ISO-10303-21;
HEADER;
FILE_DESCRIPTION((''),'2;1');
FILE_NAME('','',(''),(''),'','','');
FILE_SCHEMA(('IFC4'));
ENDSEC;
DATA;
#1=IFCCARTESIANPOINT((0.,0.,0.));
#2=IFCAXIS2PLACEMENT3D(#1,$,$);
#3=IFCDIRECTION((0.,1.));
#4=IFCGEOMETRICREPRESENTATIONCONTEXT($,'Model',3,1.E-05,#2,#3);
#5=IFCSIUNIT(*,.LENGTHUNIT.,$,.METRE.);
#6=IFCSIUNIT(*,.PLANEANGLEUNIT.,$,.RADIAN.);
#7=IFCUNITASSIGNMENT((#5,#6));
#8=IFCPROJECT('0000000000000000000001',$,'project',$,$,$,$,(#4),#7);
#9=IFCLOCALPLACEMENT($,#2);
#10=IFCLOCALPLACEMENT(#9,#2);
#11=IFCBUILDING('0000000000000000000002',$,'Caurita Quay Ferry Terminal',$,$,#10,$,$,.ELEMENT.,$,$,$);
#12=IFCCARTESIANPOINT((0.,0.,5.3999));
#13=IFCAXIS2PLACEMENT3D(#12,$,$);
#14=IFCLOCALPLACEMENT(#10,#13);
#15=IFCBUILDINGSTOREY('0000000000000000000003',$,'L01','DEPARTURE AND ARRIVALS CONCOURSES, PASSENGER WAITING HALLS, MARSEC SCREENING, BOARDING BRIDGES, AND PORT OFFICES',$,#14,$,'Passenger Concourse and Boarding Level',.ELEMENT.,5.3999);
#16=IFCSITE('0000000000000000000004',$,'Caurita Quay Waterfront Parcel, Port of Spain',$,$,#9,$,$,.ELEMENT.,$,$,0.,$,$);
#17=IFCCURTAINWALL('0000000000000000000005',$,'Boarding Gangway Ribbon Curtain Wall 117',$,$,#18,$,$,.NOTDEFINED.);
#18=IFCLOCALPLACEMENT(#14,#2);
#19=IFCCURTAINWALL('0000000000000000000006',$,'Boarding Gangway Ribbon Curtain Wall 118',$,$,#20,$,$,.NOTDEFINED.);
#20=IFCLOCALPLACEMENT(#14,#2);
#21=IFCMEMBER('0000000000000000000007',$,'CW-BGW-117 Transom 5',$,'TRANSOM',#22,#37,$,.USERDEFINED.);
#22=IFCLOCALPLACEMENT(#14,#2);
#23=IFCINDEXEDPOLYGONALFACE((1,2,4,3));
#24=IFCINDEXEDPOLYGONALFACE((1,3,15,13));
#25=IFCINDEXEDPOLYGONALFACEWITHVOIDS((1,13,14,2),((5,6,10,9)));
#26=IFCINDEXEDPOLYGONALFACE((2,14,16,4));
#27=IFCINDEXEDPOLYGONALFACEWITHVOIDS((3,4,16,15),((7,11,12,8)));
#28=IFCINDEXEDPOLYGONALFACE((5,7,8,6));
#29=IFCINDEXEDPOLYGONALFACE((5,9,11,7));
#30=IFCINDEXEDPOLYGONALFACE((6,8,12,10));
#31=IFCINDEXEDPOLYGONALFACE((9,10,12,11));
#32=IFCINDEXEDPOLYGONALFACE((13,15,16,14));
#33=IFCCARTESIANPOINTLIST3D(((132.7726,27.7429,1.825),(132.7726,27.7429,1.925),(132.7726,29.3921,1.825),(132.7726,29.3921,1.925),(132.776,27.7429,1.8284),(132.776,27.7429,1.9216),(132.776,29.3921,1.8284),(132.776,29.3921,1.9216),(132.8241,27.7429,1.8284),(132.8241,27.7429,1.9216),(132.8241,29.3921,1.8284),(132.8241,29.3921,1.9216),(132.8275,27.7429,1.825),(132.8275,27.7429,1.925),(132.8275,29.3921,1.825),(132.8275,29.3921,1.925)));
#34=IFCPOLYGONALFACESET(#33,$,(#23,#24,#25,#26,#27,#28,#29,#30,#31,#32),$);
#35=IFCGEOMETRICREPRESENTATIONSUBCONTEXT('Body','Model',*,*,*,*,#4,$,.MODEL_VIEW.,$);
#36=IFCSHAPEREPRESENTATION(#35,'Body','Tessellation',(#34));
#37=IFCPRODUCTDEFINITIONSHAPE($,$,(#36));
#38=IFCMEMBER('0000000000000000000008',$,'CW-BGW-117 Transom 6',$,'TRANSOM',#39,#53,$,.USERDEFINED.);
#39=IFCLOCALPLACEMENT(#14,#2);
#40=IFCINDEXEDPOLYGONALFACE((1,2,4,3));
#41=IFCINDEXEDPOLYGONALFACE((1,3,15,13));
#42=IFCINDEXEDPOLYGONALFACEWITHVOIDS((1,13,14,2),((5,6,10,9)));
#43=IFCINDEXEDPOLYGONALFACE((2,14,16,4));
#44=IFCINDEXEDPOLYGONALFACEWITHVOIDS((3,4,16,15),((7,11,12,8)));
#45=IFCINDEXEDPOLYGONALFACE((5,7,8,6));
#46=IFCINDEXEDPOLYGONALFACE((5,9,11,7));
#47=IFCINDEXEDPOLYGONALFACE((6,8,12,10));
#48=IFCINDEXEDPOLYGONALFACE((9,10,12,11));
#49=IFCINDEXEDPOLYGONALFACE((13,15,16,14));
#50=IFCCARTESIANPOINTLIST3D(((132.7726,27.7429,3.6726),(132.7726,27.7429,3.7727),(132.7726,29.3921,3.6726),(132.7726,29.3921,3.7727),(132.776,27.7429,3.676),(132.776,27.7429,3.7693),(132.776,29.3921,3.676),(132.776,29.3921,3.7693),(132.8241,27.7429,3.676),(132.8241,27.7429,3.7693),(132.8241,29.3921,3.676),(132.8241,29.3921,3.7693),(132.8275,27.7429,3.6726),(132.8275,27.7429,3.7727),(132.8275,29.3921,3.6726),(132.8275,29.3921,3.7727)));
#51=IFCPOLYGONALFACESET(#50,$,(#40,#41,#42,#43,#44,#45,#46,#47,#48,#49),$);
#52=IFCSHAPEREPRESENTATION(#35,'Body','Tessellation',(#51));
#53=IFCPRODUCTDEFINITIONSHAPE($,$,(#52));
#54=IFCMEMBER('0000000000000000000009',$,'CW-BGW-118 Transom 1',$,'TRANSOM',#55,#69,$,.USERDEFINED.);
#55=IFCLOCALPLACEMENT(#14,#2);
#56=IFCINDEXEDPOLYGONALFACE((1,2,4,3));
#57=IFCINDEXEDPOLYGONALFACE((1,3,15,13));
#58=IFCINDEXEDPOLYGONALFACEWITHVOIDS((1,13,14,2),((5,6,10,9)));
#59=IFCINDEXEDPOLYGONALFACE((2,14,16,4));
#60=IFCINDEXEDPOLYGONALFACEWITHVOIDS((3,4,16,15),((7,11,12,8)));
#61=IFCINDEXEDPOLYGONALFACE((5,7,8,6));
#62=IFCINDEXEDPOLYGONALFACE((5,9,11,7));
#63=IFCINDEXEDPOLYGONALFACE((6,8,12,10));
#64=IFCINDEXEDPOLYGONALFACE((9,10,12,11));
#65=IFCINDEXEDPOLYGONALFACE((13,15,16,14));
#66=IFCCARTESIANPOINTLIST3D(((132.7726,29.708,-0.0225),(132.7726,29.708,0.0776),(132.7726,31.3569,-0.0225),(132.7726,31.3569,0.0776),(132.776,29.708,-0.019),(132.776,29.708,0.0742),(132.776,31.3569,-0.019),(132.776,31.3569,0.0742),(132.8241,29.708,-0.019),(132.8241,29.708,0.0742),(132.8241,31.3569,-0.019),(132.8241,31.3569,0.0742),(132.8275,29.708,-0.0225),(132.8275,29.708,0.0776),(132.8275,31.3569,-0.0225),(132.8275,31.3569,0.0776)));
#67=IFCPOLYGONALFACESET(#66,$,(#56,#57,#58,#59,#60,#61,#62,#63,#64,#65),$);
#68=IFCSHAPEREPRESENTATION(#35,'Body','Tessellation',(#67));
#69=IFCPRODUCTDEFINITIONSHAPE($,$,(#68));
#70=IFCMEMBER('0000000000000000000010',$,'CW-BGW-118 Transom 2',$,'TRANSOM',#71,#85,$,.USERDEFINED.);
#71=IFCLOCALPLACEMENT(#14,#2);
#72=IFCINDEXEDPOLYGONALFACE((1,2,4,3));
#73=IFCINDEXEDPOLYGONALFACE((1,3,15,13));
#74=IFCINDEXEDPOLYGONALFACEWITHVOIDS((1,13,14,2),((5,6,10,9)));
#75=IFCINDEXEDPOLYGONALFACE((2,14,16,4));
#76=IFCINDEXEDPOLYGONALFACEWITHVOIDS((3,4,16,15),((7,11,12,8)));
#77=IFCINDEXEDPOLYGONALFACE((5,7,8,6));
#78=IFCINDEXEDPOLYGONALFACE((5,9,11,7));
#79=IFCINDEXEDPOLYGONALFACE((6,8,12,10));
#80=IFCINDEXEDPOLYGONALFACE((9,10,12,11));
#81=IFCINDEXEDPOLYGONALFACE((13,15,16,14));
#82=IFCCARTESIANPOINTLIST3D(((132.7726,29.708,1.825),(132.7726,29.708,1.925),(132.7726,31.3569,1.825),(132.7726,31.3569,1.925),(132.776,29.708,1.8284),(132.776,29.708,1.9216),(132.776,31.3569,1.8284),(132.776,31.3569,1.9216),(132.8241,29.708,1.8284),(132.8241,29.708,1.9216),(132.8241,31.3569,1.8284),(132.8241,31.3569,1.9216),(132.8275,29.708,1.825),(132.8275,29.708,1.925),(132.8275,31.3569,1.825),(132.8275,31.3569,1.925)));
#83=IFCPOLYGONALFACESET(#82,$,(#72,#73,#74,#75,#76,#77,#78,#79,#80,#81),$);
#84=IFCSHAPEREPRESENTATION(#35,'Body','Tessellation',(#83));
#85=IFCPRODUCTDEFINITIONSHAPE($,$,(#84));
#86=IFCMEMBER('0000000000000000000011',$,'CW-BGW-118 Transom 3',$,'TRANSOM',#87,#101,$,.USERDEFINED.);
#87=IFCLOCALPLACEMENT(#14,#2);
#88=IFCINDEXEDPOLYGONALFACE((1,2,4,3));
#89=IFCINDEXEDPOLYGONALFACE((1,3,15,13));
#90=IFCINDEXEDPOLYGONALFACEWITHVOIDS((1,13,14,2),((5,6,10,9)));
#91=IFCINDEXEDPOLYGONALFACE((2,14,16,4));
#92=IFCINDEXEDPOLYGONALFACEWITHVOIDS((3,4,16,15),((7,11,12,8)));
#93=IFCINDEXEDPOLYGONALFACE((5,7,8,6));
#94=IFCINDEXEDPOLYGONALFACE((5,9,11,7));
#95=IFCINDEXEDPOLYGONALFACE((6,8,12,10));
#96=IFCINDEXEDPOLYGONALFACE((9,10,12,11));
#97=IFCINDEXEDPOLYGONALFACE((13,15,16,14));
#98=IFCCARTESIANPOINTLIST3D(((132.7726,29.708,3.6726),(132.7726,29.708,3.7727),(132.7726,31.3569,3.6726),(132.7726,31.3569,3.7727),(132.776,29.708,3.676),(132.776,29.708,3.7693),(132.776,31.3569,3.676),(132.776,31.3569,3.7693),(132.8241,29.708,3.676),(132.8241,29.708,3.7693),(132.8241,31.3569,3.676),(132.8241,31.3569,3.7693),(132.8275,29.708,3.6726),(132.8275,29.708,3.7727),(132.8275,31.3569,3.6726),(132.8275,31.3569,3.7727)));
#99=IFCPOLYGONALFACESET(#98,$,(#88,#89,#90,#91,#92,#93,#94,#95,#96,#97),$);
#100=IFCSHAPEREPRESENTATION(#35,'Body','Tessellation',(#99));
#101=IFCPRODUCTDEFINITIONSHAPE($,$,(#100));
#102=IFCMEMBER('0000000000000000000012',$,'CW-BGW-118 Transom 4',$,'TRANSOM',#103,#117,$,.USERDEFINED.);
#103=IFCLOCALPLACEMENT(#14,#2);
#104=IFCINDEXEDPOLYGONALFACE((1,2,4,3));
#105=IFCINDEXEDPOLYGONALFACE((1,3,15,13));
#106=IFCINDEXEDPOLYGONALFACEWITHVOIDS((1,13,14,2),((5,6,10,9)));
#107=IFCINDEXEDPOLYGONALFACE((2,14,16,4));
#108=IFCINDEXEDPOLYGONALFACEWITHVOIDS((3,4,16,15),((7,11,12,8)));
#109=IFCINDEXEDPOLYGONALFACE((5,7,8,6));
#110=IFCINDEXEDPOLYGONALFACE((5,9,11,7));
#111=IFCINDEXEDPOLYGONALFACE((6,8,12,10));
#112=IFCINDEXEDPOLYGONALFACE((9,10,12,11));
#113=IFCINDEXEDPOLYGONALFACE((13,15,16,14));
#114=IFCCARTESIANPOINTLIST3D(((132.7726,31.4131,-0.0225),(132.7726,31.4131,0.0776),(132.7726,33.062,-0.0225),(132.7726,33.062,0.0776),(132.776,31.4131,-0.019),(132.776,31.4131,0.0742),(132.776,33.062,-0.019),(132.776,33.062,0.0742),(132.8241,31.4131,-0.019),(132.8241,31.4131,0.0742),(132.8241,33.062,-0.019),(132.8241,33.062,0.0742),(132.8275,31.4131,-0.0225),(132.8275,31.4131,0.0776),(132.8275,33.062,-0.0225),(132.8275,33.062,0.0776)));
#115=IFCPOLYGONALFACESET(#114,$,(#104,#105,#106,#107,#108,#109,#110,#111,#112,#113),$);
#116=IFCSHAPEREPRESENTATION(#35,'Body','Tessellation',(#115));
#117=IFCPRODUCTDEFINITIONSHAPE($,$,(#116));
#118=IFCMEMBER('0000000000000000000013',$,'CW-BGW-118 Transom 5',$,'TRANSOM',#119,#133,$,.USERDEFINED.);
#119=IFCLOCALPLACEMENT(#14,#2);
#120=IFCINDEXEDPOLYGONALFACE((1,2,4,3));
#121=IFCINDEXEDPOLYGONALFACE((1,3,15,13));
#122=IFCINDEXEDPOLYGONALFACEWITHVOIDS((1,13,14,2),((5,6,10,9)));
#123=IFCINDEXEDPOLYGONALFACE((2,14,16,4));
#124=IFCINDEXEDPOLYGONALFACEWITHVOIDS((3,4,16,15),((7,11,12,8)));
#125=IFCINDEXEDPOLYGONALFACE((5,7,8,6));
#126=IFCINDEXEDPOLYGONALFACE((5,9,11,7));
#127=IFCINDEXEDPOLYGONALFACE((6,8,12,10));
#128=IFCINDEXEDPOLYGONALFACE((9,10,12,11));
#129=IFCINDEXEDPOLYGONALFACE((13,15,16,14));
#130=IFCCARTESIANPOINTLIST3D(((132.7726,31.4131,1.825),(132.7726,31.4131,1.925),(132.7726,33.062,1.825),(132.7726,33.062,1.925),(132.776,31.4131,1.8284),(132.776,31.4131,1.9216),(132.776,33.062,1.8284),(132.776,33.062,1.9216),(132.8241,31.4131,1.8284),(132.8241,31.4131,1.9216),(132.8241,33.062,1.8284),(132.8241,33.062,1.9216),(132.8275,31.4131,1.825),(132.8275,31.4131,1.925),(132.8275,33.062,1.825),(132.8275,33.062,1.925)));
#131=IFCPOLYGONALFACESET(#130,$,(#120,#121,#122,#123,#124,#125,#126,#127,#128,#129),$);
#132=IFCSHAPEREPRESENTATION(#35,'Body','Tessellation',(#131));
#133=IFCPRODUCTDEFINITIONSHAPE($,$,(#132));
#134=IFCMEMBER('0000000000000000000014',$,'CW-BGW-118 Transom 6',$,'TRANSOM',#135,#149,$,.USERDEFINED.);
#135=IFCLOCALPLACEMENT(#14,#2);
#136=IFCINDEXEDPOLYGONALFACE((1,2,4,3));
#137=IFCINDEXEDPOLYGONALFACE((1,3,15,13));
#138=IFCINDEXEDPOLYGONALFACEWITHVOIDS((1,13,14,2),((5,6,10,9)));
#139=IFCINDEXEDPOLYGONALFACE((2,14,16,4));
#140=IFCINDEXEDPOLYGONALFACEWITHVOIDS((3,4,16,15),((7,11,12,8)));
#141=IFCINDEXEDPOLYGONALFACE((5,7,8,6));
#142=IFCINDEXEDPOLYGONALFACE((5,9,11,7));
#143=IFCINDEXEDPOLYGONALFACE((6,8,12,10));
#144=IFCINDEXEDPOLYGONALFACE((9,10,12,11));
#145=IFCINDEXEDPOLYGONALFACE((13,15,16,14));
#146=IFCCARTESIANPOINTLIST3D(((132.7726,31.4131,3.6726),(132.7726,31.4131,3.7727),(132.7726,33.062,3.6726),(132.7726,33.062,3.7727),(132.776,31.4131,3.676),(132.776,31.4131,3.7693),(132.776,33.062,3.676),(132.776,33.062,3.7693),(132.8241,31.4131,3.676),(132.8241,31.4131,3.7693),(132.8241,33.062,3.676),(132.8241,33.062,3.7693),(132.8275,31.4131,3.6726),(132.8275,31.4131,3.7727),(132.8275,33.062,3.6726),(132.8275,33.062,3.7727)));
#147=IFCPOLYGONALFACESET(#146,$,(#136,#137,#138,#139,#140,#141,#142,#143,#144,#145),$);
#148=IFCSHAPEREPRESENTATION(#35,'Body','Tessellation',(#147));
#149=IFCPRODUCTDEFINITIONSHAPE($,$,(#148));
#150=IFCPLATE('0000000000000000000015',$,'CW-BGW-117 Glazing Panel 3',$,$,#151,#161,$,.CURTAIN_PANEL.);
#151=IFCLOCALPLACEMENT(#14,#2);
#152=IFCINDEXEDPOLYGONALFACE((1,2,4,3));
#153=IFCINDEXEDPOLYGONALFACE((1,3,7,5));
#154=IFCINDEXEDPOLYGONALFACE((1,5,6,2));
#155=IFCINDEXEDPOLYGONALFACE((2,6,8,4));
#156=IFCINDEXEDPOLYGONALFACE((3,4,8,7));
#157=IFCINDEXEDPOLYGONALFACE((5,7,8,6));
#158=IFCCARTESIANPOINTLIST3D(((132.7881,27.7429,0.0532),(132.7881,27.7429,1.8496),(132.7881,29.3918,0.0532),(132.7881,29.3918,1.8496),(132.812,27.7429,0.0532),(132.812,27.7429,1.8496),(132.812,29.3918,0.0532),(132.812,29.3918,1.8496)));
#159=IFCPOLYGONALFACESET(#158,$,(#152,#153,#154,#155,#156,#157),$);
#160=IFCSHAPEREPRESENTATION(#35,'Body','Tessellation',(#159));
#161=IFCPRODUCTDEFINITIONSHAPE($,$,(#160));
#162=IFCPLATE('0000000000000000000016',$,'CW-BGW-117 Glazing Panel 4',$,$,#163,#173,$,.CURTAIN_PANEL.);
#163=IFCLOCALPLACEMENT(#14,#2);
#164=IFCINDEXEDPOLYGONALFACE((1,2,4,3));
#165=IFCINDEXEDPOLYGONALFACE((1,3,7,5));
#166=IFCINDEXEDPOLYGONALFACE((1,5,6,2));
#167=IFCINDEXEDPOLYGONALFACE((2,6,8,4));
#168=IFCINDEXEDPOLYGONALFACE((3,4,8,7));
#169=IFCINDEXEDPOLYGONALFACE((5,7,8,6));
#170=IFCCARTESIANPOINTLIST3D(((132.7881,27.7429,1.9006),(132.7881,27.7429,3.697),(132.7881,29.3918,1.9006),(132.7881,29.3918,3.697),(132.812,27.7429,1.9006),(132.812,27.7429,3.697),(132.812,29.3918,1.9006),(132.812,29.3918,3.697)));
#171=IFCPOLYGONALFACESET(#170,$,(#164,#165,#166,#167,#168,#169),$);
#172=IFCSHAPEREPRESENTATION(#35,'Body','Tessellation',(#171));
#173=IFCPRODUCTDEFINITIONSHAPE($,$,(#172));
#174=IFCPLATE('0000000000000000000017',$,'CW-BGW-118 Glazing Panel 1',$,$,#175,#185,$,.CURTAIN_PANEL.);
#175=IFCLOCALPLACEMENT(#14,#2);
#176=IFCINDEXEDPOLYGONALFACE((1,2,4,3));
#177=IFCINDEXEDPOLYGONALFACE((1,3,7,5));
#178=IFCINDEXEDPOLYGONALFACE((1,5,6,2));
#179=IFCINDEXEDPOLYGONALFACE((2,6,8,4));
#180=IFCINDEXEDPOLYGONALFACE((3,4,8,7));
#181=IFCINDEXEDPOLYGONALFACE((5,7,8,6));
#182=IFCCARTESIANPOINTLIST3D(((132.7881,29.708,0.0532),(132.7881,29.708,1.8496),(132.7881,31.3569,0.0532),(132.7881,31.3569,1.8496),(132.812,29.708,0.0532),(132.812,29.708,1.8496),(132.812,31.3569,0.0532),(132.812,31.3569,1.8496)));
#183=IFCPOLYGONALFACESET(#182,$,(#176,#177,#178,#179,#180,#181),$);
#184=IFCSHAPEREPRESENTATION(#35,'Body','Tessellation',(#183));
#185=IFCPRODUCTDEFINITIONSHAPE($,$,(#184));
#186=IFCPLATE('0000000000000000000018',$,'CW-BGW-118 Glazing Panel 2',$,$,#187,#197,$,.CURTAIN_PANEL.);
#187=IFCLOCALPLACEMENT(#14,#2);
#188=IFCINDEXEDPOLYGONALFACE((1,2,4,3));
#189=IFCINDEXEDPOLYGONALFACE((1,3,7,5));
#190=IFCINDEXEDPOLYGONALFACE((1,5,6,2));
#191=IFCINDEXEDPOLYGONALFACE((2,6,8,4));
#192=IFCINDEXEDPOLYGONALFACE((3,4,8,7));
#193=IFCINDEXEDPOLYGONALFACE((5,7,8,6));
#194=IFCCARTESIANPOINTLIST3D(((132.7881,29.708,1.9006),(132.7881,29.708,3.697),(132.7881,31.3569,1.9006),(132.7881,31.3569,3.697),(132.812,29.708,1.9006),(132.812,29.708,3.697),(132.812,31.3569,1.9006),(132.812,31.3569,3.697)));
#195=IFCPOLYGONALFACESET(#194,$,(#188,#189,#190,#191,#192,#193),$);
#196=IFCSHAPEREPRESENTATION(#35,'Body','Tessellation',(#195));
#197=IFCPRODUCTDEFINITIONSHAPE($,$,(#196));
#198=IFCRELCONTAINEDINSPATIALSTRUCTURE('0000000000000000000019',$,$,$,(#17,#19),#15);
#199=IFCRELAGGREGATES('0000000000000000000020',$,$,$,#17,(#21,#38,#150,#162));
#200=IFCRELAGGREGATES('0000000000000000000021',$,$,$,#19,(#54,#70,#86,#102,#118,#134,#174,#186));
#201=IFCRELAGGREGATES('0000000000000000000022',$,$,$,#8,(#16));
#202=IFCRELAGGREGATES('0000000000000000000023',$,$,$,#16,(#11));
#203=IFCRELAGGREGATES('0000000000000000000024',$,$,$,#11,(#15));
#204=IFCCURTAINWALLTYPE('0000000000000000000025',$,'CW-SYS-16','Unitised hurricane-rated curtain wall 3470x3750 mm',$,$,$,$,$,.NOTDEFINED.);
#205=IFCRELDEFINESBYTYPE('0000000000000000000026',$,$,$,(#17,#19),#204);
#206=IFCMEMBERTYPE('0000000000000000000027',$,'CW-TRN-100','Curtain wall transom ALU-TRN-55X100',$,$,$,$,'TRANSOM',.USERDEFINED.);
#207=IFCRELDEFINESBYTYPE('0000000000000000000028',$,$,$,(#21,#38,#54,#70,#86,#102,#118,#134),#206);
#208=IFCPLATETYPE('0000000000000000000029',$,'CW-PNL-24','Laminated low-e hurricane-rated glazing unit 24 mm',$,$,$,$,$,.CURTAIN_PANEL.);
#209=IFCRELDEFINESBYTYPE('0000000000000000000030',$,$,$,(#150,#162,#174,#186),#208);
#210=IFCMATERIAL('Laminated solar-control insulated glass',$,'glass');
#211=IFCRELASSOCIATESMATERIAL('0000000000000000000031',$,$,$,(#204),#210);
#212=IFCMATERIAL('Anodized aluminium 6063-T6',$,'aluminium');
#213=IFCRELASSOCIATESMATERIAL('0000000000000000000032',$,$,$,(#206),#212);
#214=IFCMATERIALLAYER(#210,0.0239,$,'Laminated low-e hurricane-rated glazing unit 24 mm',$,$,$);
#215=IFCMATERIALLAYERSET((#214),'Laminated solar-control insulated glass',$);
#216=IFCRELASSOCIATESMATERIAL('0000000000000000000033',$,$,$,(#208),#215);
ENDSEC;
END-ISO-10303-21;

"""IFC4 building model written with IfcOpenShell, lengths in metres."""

from ifc_helpers import new_model, si_unit, direction, frame, origin, origin_2d, place, context, subcontext, project, spatial, rectangle, hollow_rectangle, extrude, material, layer, layer_set, material_profile, profile_set, type_object, element, aggregate, save


model = new_model("IFC4")

# Units and contexts
model_context = context("Model", 3, precision=1e-05, world=origin(), true_north=direction((0.0, 1.0)))
body_context = subcontext(model_context, "Body", "Model", "MODEL_VIEW")
ifc_project = project(units=[si_unit("LENGTHUNIT", "METRE"), si_unit("PLANEANGLEUNIT", "RADIAN")], contexts=[model_context])

# Site, building, storey
site_placement = place(None, origin())
site = spatial("IfcSite", under=ifc_project, at=site_placement, Name="Caurita Quay Waterfront Parcel, Port of Spain", CompositionType="ELEMENT", RefElevation=0.0)
building_placement = place(site_placement, origin())
building = spatial("IfcBuilding", under=site, at=building_placement, Name="Caurita Quay Ferry Terminal", CompositionType="ELEMENT")
storey_placement = place(building_placement, frame((0.0, 0.0, 5.3999)))
storey = spatial("IfcBuildingStorey", under=building, at=storey_placement, Name="L01", Description="DEPARTURE AND ARRIVALS CONCOURSES, PASSENGER WAITING HALLS, MARSEC SCREENING, BOARDING BRIDGES, AND PORT OFFICES", LongName="Passenger Concourse and Boarding Level", CompositionType="ELEMENT", Elevation=5.3999)

# Curtain wall
ifc_material_1 = material(Name="Laminated solar-control insulated glass", Category="glass")
curtain_wall_type = type_object("IfcCurtainWallType", Name="CW-SYS-16", Description="Unitised hurricane-rated curtain wall 3470x3750 mm", PredefinedType="NOTDEFINED", material=ifc_material_1)
curtain_wall_1_placement = place(storey_placement, origin())
curtain_wall_1 = element("IfcCurtainWall", 1, at=curtain_wall_1_placement, inside=storey, type_object=curtain_wall_type, Name="Boarding Gangway Ribbon Curtain Wall 117", PredefinedType="NOTDEFINED")
ifc_material_2 = material(Name="Anodized aluminium 6063-T6", Category="aluminium")

# Curtain wall
curtain_wall_2_placement = place(storey_placement, origin())
curtain_wall_2 = element("IfcCurtainWall", 2, at=curtain_wall_2_placement, inside=storey, type_object=curtain_wall_type, Name="Boarding Gangway Ribbon Curtain Wall 118", PredefinedType="NOTDEFINED")

# Members
ifc_material_profile_1 = material_profile(ifc_material_2, hollow_rectangle(XDim=0.0549, YDim=0.1001, WallThickness=0.0034, at=origin_2d()), Name="ALU-TRN-55X100")
ifc_profile_set_1 = profile_set([ifc_material_profile_1], Name="Anodized aluminium 6063-T6")
member_type_1 = type_object("IfcMemberType", Name="CW-TRN-100", Description="Curtain wall transom ALU-TRN-55X100", ElementType="TRANSOM", PredefinedType="USERDEFINED", material=ifc_profile_set_1)
member_1_placement = place(storey_placement, frame((132.8, 27.7429, 1.875), z_axis=(0.0, 1.0, 0.0), x_axis=(-1.0, 0.0, 0.0)))
member_1 = element("IfcMember", 3, at=member_1_placement, type_object=member_type_1, Name="CW-BGW-117 Transom 5", ObjectType="TRANSOM", PredefinedType="USERDEFINED", context=body_context, shape_type="SweptSolid", body=[
    extrude(hollow_rectangle(XDim=0.0549, YDim=0.1001, WallThickness=0.0034, at=origin_2d()), origin(), (0.0, 0.0, 1.0), 1.6492),
])
member_2_placement = place(storey_placement, frame((132.8, 27.7429, 3.7227), z_axis=(0.0, 1.0, 0.0), x_axis=(-1.0, 0.0, 0.0)))
member_2 = element("IfcMember", 4, at=member_2_placement, type_object=member_type_1, Name="CW-BGW-117 Transom 6", ObjectType="TRANSOM", PredefinedType="USERDEFINED", context=body_context, shape_type="SweptSolid", body=[
    extrude(hollow_rectangle(XDim=0.0549, YDim=0.1001, WallThickness=0.0034, at=origin_2d()), origin(), (0.0, 0.0, 1.0), 1.6492),
])
member_3_placement = place(storey_placement, frame((132.8, 29.708, 0.0276), z_axis=(0.0, 1.0, 0.0), x_axis=(-1.0, 0.0, 0.0)))
member_3 = element("IfcMember", 5, at=member_3_placement, type_object=member_type_1, Name="CW-BGW-118 Transom 1", ObjectType="TRANSOM", PredefinedType="USERDEFINED", context=body_context, shape_type="SweptSolid", body=[
    extrude(hollow_rectangle(XDim=0.0549, YDim=0.1001, WallThickness=0.0034, at=origin_2d()), origin(), (0.0, 0.0, 1.0), 1.6489),
])
member_4_placement = place(storey_placement, frame((132.8, 29.708, 1.875), z_axis=(0.0, 1.0, 0.0), x_axis=(-1.0, 0.0, 0.0)))
member_4 = element("IfcMember", 6, at=member_4_placement, type_object=member_type_1, Name="CW-BGW-118 Transom 2", ObjectType="TRANSOM", PredefinedType="USERDEFINED", context=body_context, shape_type="SweptSolid", body=[
    extrude(hollow_rectangle(XDim=0.0549, YDim=0.1001, WallThickness=0.0034, at=origin_2d()), origin(), (0.0, 0.0, 1.0), 1.6489),
])
member_5_placement = place(storey_placement, frame((132.8, 29.708, 3.7227), z_axis=(0.0, 1.0, 0.0), x_axis=(-1.0, 0.0, 0.0)))
member_5 = element("IfcMember", 7, at=member_5_placement, type_object=member_type_1, Name="CW-BGW-118 Transom 3", ObjectType="TRANSOM", PredefinedType="USERDEFINED", context=body_context, shape_type="SweptSolid", body=[
    extrude(hollow_rectangle(XDim=0.0549, YDim=0.1001, WallThickness=0.0034, at=origin_2d()), origin(), (0.0, 0.0, 1.0), 1.6489),
])
member_6_placement = place(storey_placement, frame((132.8, 31.4131, 0.0276), z_axis=(0.0, 1.0, 0.0), x_axis=(-1.0, 0.0, 0.0)))
member_6 = element("IfcMember", 8, at=member_6_placement, type_object=member_type_1, Name="CW-BGW-118 Transom 4", ObjectType="TRANSOM", PredefinedType="USERDEFINED", context=body_context, shape_type="SweptSolid", body=[
    extrude(hollow_rectangle(XDim=0.0549, YDim=0.1001, WallThickness=0.0034, at=origin_2d()), origin(), (0.0, 0.0, 1.0), 1.6489),
])
member_7_placement = place(storey_placement, frame((132.8, 31.4131, 1.875), z_axis=(0.0, 1.0, 0.0), x_axis=(-1.0, 0.0, 0.0)))
member_7 = element("IfcMember", 9, at=member_7_placement, type_object=member_type_1, Name="CW-BGW-118 Transom 5", ObjectType="TRANSOM", PredefinedType="USERDEFINED", context=body_context, shape_type="SweptSolid", body=[
    extrude(hollow_rectangle(XDim=0.0549, YDim=0.1001, WallThickness=0.0034, at=origin_2d()), origin(), (0.0, 0.0, 1.0), 1.6489),
])
member_8_placement = place(storey_placement, frame((132.8, 31.4131, 3.7227), z_axis=(0.0, 1.0, 0.0), x_axis=(-1.0, 0.0, 0.0)))
member_8 = element("IfcMember", 10, at=member_8_placement, type_object=member_type_1, Name="CW-BGW-118 Transom 6", ObjectType="TRANSOM", PredefinedType="USERDEFINED", context=body_context, shape_type="SweptSolid", body=[
    extrude(hollow_rectangle(XDim=0.0549, YDim=0.1001, WallThickness=0.0034, at=origin_2d()), origin(), (0.0, 0.0, 1.0), 1.6489),
])

# Plates
ifc_layer_1 = layer(ifc_material_1, 0.0239, Name="Laminated low-e hurricane-rated glazing unit 24 mm")
ifc_layer_set_1 = layer_set([ifc_layer_1], Name="Laminated solar-control insulated glass")
plate_type_1 = type_object("IfcPlateType", Name="CW-PNL-24", Description="Laminated low-e hurricane-rated glazing unit 24 mm", PredefinedType="CURTAIN_PANEL", material=ifc_layer_set_1)
plate_1_placement = place(storey_placement, frame((132.8, 28.5674, 0.0532), z_axis=(0.0, 0.0, 1.0), x_axis=(0.0, 1.0, 0.0)))
plate_1 = element("IfcPlate", 11, at=plate_1_placement, type_object=plate_type_1, Name="CW-BGW-117 Glazing Panel 3", PredefinedType="CURTAIN_PANEL", context=body_context, shape_type="SweptSolid", body=[
    extrude(rectangle(XDim=1.6489, YDim=0.0239, at=origin_2d()), origin(), (0.0, 0.0, 1.0), 1.7964),
])
plate_2_placement = place(storey_placement, frame((132.8, 28.5674, 1.9006), z_axis=(0.0, 0.0, 1.0), x_axis=(0.0, 1.0, 0.0)))
plate_2 = element("IfcPlate", 12, at=plate_2_placement, type_object=plate_type_1, Name="CW-BGW-117 Glazing Panel 4", PredefinedType="CURTAIN_PANEL", context=body_context, shape_type="SweptSolid", body=[
    extrude(rectangle(XDim=1.6489, YDim=0.0239, at=origin_2d()), origin(), (0.0, 0.0, 1.0), 1.7964),
])
aggregate(curtain_wall_1, [member_1, member_2, plate_1, plate_2])
plate_3_placement = place(storey_placement, frame((132.8, 30.5325, 0.0532), z_axis=(0.0, 0.0, 1.0), x_axis=(0.0, 1.0, 0.0)))
plate_3 = element("IfcPlate", 13, at=plate_3_placement, type_object=plate_type_1, Name="CW-BGW-118 Glazing Panel 1", PredefinedType="CURTAIN_PANEL", context=body_context, shape_type="SweptSolid", body=[
    extrude(rectangle(XDim=1.6489, YDim=0.0239, at=origin_2d()), origin(), (0.0, 0.0, 1.0), 1.7964),
])
plate_4_placement = place(storey_placement, frame((132.8, 30.5325, 1.9006), z_axis=(0.0, 0.0, 1.0), x_axis=(0.0, 1.0, 0.0)))
plate_4 = element("IfcPlate", 14, at=plate_4_placement, type_object=plate_type_1, Name="CW-BGW-118 Glazing Panel 2", PredefinedType="CURTAIN_PANEL", context=body_context, shape_type="SweptSolid", body=[
    extrude(rectangle(XDim=1.6489, YDim=0.0239, at=origin_2d()), origin(), (0.0, 0.0, 1.0), 1.7964),
])
aggregate(curtain_wall_2, [member_3, member_4, member_5, member_6, member_7, member_8, plate_3, plate_4])

save(model, "model.ifc")
